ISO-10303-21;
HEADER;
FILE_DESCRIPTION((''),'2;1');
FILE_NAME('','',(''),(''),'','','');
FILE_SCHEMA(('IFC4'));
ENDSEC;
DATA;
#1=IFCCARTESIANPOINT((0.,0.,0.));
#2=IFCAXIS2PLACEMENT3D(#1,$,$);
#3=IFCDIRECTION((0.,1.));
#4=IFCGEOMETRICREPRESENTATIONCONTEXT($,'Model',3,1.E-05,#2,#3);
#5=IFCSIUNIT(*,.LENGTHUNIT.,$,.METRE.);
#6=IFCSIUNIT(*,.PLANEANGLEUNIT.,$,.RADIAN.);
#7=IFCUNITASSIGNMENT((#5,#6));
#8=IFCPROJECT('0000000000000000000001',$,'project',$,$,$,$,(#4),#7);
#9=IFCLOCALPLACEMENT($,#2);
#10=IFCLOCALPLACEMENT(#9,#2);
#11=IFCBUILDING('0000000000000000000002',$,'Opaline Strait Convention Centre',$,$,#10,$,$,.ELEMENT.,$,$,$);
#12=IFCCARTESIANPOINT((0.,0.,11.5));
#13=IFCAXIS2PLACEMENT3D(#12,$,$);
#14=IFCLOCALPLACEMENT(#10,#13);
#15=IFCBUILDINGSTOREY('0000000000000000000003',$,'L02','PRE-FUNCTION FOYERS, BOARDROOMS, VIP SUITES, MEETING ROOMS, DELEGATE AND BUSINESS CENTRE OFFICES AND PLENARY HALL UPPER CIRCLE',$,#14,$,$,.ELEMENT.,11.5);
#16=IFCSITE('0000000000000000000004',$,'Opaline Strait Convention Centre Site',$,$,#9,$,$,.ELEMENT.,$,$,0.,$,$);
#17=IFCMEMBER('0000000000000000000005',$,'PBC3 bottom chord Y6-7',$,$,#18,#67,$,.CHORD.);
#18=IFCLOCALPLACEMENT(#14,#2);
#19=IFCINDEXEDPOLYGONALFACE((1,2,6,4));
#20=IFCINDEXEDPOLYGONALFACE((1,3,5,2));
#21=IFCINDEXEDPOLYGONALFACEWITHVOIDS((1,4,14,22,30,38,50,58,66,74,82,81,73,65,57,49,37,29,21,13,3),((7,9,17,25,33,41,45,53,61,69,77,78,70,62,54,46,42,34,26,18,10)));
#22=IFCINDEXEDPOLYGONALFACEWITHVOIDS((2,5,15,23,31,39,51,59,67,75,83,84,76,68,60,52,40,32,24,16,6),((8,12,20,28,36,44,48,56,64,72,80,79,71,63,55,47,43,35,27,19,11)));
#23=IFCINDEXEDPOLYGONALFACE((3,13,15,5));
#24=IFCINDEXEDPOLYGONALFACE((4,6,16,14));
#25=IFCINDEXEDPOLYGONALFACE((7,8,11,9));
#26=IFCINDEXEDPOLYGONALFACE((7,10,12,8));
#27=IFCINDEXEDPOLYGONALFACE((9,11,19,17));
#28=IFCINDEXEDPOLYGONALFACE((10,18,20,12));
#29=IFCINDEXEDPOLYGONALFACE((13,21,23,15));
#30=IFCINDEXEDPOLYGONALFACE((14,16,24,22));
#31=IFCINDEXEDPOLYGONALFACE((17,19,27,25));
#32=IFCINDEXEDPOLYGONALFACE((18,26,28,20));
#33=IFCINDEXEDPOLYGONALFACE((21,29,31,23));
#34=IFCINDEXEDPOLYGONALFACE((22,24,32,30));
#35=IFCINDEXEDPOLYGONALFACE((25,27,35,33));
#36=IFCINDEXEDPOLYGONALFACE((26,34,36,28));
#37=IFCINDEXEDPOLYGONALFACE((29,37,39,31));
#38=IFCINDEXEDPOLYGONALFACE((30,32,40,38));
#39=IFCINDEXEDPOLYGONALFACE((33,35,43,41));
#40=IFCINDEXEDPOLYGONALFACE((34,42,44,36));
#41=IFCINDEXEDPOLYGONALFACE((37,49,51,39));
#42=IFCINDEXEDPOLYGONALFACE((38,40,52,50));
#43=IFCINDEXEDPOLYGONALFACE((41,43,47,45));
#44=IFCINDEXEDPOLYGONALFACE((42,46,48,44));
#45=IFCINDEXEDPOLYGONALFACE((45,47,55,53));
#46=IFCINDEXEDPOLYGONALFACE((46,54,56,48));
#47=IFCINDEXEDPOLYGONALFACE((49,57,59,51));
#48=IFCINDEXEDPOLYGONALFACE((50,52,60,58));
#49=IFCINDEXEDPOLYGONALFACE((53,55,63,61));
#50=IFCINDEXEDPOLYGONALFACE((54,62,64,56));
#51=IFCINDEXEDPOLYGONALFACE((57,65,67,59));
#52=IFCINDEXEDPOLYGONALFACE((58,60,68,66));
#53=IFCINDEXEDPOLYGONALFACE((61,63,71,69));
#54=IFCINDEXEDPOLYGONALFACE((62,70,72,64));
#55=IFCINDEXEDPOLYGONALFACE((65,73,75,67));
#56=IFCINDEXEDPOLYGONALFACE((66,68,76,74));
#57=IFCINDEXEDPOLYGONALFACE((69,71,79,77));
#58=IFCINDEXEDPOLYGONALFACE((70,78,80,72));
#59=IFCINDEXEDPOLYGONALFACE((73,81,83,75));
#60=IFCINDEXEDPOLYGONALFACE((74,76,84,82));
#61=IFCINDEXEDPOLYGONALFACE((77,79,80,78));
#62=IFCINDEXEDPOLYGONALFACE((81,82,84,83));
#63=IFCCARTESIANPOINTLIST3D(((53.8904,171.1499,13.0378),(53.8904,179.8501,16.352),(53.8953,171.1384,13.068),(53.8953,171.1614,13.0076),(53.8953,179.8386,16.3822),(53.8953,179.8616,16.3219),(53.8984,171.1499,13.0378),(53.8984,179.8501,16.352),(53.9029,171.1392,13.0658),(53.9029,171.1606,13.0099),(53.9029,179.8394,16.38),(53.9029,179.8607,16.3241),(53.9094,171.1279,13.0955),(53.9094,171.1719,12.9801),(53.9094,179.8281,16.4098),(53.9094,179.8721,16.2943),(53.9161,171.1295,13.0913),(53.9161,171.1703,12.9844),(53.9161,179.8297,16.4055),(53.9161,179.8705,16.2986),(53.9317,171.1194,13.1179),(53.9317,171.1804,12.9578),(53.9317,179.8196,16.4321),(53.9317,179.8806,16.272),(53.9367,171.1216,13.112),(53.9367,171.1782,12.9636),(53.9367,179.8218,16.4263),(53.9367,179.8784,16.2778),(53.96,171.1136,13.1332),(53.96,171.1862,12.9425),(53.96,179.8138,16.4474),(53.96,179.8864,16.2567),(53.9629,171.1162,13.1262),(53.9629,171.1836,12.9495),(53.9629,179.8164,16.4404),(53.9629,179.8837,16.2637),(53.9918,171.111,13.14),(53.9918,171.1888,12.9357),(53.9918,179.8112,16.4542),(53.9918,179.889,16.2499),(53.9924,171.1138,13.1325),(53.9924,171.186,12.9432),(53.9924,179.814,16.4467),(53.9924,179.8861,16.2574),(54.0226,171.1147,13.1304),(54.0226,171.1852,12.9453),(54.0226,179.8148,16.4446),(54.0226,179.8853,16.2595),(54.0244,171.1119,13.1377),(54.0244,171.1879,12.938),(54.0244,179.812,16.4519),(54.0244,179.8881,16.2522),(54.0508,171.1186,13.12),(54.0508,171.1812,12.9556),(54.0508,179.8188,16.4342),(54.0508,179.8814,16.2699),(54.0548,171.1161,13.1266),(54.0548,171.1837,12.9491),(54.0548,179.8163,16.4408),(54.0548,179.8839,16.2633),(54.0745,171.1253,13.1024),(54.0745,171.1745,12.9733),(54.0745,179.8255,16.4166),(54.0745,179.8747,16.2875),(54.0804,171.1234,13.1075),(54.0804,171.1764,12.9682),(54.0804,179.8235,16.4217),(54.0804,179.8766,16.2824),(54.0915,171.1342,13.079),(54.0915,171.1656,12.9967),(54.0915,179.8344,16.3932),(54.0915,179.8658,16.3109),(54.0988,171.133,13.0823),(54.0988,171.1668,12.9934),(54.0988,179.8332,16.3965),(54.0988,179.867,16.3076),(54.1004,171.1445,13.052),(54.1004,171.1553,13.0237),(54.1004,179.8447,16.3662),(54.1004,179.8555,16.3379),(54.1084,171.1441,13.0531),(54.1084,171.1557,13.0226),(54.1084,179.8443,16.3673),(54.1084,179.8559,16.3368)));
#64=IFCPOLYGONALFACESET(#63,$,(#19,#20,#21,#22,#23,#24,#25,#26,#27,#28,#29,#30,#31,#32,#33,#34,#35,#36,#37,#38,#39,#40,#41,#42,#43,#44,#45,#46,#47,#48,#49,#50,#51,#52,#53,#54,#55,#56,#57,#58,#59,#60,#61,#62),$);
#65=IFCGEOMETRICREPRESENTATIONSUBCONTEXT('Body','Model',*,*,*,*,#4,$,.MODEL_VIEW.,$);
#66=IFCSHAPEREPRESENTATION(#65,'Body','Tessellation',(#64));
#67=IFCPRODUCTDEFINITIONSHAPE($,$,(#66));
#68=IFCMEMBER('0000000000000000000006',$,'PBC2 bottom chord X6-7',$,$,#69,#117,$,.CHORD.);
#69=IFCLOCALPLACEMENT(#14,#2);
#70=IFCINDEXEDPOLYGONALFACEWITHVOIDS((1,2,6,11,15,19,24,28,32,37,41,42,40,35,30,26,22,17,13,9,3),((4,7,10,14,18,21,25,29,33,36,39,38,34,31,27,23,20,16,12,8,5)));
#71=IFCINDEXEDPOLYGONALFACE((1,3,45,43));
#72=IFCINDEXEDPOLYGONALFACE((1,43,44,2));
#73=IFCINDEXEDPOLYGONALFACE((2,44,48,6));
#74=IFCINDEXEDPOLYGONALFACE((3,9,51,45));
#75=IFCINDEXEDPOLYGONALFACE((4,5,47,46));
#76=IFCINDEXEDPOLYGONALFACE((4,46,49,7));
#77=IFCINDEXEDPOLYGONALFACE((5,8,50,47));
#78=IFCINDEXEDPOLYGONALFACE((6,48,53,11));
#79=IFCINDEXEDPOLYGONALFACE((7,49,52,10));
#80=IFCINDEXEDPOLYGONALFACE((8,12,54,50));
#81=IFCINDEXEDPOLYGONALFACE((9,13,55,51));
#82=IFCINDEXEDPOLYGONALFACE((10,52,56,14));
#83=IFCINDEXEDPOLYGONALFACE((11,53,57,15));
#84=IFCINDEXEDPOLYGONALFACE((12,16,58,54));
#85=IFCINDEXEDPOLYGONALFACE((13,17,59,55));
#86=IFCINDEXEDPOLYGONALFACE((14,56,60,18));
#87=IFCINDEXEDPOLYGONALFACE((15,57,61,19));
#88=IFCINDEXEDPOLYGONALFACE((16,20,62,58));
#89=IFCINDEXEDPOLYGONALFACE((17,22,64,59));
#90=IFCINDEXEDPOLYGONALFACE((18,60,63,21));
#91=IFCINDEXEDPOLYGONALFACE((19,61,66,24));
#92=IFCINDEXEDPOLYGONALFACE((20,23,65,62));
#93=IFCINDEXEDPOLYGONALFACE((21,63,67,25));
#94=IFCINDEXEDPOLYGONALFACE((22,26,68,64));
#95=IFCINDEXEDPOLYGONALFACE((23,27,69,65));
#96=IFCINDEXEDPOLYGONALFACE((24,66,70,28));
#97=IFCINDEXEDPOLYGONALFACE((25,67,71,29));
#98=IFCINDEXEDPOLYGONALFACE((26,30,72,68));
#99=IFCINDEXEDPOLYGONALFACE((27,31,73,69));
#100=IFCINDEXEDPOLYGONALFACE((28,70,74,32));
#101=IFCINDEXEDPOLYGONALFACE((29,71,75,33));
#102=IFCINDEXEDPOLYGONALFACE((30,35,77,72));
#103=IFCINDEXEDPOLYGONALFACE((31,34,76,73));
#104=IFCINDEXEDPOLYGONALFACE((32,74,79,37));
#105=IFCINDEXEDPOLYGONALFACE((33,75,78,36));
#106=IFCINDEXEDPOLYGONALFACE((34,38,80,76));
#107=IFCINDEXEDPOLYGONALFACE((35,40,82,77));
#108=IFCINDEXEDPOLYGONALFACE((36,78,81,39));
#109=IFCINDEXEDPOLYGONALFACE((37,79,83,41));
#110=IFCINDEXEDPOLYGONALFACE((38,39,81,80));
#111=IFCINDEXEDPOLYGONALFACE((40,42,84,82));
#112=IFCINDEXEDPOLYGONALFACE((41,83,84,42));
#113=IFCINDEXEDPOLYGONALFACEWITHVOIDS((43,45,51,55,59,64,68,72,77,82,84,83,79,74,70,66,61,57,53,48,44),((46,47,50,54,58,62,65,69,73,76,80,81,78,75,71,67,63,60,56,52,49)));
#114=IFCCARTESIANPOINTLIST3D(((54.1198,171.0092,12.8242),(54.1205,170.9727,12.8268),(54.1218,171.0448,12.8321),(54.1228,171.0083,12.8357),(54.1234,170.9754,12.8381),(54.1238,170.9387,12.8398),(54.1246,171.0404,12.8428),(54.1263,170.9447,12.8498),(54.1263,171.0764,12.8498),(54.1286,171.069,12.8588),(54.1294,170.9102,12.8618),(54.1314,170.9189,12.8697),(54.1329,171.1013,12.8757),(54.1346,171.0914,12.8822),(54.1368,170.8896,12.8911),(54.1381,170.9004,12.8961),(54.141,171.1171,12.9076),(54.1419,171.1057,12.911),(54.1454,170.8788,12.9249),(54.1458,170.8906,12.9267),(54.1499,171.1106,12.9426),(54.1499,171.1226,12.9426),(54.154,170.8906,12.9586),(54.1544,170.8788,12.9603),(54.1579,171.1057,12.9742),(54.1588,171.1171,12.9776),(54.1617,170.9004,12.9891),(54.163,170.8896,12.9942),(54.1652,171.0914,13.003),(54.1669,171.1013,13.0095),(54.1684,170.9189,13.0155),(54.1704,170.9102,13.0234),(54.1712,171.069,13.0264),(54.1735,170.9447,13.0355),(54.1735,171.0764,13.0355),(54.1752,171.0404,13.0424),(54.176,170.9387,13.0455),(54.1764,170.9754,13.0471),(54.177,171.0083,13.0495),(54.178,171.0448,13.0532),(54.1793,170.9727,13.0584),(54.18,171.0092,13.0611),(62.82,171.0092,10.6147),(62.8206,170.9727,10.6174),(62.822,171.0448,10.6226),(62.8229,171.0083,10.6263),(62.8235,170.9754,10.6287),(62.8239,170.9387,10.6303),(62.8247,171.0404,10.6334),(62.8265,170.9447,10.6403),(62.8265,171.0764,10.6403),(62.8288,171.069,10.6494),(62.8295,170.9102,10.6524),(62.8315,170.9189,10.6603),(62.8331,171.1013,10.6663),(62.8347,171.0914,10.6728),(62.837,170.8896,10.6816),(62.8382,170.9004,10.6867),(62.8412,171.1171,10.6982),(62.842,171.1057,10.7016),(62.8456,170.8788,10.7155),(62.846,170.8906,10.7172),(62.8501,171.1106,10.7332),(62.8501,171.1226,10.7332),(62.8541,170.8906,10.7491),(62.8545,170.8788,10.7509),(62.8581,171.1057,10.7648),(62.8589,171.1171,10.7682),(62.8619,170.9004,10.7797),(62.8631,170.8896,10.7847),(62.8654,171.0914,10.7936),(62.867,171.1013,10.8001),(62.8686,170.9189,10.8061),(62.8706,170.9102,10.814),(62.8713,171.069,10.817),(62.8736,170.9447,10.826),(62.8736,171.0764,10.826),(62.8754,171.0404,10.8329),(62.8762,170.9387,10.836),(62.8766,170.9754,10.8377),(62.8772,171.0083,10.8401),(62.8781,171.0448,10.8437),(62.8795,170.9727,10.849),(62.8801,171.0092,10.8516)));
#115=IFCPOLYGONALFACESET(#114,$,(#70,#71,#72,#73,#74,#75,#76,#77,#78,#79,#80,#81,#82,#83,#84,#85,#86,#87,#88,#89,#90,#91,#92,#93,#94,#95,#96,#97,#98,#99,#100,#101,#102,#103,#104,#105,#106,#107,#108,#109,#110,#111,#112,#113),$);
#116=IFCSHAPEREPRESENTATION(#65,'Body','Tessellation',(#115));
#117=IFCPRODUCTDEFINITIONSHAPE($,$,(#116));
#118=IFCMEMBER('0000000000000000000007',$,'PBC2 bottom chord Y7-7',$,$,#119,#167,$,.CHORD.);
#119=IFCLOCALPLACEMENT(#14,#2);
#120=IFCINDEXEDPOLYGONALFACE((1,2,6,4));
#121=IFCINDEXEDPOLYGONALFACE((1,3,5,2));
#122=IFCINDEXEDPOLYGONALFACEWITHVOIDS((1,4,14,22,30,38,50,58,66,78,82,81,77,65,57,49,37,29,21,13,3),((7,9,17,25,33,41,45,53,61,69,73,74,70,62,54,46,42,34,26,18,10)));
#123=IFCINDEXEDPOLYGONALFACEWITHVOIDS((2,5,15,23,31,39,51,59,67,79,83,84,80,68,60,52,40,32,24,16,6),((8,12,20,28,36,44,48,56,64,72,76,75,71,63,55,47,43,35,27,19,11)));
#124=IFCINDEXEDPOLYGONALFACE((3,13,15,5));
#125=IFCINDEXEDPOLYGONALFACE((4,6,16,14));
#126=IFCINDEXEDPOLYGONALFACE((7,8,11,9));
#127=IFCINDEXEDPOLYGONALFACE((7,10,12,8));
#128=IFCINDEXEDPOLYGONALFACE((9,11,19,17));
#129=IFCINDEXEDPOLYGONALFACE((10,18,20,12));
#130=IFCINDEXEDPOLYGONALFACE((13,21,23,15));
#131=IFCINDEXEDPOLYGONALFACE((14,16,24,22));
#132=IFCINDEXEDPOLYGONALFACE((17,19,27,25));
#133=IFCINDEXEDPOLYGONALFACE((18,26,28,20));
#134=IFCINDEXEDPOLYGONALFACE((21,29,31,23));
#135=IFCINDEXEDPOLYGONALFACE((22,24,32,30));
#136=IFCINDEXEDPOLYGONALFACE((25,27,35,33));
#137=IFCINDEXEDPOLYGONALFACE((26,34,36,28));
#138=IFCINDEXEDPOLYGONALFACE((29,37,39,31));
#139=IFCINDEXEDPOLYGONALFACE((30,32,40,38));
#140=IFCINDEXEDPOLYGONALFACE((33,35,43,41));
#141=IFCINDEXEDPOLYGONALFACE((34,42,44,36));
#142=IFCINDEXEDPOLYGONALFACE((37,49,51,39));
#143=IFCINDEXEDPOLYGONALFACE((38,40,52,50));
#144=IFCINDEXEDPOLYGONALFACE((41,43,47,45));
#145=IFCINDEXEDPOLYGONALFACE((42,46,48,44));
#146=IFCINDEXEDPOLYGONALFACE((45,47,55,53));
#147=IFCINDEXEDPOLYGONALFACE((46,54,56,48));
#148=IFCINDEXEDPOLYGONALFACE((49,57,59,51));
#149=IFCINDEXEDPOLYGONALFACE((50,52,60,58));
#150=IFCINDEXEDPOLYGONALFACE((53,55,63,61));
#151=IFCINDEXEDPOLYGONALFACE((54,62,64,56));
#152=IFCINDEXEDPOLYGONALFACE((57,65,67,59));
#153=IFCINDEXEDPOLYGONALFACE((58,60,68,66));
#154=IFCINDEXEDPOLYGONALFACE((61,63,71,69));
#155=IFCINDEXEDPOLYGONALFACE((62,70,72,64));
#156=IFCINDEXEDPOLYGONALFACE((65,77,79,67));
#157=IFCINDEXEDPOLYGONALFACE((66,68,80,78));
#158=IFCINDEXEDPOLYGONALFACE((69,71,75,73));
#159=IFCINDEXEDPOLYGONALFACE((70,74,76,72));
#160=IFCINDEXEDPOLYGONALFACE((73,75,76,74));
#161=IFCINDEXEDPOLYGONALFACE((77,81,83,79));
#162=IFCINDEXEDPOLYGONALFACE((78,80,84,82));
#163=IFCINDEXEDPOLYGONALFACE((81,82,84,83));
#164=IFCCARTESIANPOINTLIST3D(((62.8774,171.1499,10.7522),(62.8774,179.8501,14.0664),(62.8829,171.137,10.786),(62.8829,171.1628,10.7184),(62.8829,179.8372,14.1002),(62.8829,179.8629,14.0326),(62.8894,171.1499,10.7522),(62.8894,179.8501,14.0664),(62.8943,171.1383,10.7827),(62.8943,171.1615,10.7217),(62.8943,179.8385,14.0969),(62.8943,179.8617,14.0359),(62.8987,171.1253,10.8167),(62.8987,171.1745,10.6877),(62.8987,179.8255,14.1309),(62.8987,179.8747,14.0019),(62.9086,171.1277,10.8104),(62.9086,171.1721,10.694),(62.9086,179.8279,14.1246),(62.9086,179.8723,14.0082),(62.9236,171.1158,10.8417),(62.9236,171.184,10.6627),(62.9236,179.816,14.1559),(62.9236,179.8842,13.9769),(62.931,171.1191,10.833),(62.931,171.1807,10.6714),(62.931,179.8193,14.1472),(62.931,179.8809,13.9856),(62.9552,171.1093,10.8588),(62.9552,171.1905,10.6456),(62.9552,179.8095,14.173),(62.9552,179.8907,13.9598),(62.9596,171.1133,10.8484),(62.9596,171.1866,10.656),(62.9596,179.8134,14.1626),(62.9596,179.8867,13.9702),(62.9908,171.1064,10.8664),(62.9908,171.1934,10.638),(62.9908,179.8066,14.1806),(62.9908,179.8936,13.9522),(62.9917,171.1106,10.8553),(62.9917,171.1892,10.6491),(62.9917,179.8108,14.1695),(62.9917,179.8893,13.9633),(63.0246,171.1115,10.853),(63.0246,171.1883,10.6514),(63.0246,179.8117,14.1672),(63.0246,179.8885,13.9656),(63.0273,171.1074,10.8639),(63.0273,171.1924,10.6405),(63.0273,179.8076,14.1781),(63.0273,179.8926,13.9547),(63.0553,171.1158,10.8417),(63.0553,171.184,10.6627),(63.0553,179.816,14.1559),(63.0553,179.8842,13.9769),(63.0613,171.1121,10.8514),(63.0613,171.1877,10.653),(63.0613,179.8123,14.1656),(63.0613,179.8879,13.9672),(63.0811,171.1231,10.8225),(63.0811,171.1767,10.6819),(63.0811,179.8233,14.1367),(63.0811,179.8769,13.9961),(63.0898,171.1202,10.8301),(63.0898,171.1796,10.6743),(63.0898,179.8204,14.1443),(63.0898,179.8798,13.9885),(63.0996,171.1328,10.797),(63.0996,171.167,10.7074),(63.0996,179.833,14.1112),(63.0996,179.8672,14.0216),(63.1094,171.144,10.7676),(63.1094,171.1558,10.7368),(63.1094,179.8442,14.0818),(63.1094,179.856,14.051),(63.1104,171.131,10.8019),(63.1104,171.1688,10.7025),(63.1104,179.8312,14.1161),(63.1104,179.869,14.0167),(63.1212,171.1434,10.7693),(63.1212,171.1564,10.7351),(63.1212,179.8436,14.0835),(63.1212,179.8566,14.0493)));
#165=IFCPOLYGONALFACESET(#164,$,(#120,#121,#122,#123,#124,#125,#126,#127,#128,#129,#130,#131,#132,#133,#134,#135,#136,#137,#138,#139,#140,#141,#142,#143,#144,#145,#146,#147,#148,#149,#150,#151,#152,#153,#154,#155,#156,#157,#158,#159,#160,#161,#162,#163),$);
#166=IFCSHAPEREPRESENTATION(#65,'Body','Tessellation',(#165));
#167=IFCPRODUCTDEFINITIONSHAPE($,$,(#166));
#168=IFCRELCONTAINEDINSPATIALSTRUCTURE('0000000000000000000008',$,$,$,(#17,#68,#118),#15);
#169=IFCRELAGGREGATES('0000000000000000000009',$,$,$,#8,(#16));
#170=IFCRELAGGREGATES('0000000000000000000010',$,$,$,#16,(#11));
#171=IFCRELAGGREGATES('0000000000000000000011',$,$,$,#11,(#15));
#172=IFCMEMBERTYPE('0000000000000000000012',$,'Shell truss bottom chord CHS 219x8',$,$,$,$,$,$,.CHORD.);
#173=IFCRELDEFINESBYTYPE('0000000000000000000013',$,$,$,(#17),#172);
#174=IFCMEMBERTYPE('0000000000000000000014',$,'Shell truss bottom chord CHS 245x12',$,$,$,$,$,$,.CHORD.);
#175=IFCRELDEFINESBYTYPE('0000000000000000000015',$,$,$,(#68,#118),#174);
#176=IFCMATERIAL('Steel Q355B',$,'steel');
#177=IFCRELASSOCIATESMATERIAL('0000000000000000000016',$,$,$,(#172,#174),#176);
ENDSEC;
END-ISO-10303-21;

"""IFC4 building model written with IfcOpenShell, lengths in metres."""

from ifc_helpers import new_model, si_unit, direction, frame, origin, origin_2d, place, context, subcontext, project, spatial, hollow_circle, extrude, material, material_profile, profile_set, type_object, element, save


model = new_model("IFC4")

# Units and contexts
model_context = context("Model", 3, precision=1e-05, world=origin(), true_north=direction((0.0, 1.0)))
body_context = subcontext(model_context, "Body", "Model", "MODEL_VIEW")
ifc_project = project(units=[si_unit("LENGTHUNIT", "METRE"), si_unit("PLANEANGLEUNIT", "RADIAN")], contexts=[model_context])

# Site, building, storey
site_placement = place(None, origin())
site = spatial("IfcSite", under=ifc_project, at=site_placement, Name="Opaline Strait Convention Centre Site", CompositionType="ELEMENT", RefElevation=0.0)
building_placement = place(site_placement, origin())
building = spatial("IfcBuilding", under=site, at=building_placement, Name="Opaline Strait Convention Centre", CompositionType="ELEMENT")
storey_placement = place(building_placement, frame((0.0, 0.0, 11.5)))
storey = spatial("IfcBuildingStorey", under=building, at=storey_placement, Name="L02", Description="PRE-FUNCTION FOYERS, BOARDROOMS, VIP SUITES, MEETING ROOMS, DELEGATE AND BUSINESS CENTRE OFFICES AND PLENARY HALL UPPER CIRCLE", CompositionType="ELEMENT", Elevation=11.5)

# Members
ifc_material_1 = material(Name="Steel Q355B", Category="steel")
ifc_material_profile_1 = material_profile(ifc_material_1, hollow_circle(Radius=0.1096, WallThickness=0.0081, at=origin_2d()), Name="CHS 219x8")
ifc_profile_set_1 = profile_set([ifc_material_profile_1], Name="Steel Q355B")
member_type_1 = type_object("IfcMemberType", Name="Shell truss bottom chord CHS 219x8", PredefinedType="CHORD", material=ifc_profile_set_1)
member_1_placement = place(storey_placement, frame((54.0, 171.1499, 13.0378), z_axis=(0.0, 0.934493, 0.355981), x_axis=(-1.0, 0.0, 0.0)))
element("IfcMember", 1, at=member_1_placement, inside=storey, type_object=member_type_1, Name="PBC3 bottom chord Y6-7", PredefinedType="CHORD", context=body_context, shape_type="SweptSolid", body=[
    extrude(hollow_circle(Radius=0.1096, WallThickness=0.0081, at=origin_2d()), origin(), (0.0, 0.0, 1.0), 9.3101),
])
ifc_material_profile_2 = material_profile(ifc_material_1, hollow_circle(Radius=0.1226, WallThickness=0.012, at=origin_2d()), Name="CHS 245x12")
ifc_profile_set_2 = profile_set([ifc_material_profile_2], Name="Steel Q355B")
member_type_2 = type_object("IfcMemberType", Name="Shell truss bottom chord CHS 245x12", PredefinedType="CHORD", material=ifc_profile_set_2)
member_2_placement = place(storey_placement, frame((54.1499, 171.0, 12.9426), z_axis=(0.969233, 0.0, -0.246143), x_axis=(0.0, 1.0, 0.0)))
element("IfcMember", 2, at=member_2_placement, inside=storey, type_object=member_type_2, Name="PBC2 bottom chord X6-7", PredefinedType="CHORD", context=body_context, shape_type="SweptSolid", body=[
    extrude(hollow_circle(Radius=0.1226, WallThickness=0.012, at=origin_2d()), origin(), (0.0, 0.0, 1.0), 8.9763),
])
member_3_placement = place(storey_placement, frame((63.0, 171.1499, 10.7522), z_axis=(0.0, 0.934493, 0.355981), x_axis=(-1.0, 0.0, 0.0)))
element("IfcMember", 3, at=member_3_placement, inside=storey, type_object=member_type_2, Name="PBC2 bottom chord Y7-7", PredefinedType="CHORD", context=body_context, shape_type="SweptSolid", body=[
    extrude(hollow_circle(Radius=0.1226, WallThickness=0.012, at=origin_2d()), origin(), (0.0, 0.0, 1.0), 9.3101),
])

save(model, "model.ifc")
